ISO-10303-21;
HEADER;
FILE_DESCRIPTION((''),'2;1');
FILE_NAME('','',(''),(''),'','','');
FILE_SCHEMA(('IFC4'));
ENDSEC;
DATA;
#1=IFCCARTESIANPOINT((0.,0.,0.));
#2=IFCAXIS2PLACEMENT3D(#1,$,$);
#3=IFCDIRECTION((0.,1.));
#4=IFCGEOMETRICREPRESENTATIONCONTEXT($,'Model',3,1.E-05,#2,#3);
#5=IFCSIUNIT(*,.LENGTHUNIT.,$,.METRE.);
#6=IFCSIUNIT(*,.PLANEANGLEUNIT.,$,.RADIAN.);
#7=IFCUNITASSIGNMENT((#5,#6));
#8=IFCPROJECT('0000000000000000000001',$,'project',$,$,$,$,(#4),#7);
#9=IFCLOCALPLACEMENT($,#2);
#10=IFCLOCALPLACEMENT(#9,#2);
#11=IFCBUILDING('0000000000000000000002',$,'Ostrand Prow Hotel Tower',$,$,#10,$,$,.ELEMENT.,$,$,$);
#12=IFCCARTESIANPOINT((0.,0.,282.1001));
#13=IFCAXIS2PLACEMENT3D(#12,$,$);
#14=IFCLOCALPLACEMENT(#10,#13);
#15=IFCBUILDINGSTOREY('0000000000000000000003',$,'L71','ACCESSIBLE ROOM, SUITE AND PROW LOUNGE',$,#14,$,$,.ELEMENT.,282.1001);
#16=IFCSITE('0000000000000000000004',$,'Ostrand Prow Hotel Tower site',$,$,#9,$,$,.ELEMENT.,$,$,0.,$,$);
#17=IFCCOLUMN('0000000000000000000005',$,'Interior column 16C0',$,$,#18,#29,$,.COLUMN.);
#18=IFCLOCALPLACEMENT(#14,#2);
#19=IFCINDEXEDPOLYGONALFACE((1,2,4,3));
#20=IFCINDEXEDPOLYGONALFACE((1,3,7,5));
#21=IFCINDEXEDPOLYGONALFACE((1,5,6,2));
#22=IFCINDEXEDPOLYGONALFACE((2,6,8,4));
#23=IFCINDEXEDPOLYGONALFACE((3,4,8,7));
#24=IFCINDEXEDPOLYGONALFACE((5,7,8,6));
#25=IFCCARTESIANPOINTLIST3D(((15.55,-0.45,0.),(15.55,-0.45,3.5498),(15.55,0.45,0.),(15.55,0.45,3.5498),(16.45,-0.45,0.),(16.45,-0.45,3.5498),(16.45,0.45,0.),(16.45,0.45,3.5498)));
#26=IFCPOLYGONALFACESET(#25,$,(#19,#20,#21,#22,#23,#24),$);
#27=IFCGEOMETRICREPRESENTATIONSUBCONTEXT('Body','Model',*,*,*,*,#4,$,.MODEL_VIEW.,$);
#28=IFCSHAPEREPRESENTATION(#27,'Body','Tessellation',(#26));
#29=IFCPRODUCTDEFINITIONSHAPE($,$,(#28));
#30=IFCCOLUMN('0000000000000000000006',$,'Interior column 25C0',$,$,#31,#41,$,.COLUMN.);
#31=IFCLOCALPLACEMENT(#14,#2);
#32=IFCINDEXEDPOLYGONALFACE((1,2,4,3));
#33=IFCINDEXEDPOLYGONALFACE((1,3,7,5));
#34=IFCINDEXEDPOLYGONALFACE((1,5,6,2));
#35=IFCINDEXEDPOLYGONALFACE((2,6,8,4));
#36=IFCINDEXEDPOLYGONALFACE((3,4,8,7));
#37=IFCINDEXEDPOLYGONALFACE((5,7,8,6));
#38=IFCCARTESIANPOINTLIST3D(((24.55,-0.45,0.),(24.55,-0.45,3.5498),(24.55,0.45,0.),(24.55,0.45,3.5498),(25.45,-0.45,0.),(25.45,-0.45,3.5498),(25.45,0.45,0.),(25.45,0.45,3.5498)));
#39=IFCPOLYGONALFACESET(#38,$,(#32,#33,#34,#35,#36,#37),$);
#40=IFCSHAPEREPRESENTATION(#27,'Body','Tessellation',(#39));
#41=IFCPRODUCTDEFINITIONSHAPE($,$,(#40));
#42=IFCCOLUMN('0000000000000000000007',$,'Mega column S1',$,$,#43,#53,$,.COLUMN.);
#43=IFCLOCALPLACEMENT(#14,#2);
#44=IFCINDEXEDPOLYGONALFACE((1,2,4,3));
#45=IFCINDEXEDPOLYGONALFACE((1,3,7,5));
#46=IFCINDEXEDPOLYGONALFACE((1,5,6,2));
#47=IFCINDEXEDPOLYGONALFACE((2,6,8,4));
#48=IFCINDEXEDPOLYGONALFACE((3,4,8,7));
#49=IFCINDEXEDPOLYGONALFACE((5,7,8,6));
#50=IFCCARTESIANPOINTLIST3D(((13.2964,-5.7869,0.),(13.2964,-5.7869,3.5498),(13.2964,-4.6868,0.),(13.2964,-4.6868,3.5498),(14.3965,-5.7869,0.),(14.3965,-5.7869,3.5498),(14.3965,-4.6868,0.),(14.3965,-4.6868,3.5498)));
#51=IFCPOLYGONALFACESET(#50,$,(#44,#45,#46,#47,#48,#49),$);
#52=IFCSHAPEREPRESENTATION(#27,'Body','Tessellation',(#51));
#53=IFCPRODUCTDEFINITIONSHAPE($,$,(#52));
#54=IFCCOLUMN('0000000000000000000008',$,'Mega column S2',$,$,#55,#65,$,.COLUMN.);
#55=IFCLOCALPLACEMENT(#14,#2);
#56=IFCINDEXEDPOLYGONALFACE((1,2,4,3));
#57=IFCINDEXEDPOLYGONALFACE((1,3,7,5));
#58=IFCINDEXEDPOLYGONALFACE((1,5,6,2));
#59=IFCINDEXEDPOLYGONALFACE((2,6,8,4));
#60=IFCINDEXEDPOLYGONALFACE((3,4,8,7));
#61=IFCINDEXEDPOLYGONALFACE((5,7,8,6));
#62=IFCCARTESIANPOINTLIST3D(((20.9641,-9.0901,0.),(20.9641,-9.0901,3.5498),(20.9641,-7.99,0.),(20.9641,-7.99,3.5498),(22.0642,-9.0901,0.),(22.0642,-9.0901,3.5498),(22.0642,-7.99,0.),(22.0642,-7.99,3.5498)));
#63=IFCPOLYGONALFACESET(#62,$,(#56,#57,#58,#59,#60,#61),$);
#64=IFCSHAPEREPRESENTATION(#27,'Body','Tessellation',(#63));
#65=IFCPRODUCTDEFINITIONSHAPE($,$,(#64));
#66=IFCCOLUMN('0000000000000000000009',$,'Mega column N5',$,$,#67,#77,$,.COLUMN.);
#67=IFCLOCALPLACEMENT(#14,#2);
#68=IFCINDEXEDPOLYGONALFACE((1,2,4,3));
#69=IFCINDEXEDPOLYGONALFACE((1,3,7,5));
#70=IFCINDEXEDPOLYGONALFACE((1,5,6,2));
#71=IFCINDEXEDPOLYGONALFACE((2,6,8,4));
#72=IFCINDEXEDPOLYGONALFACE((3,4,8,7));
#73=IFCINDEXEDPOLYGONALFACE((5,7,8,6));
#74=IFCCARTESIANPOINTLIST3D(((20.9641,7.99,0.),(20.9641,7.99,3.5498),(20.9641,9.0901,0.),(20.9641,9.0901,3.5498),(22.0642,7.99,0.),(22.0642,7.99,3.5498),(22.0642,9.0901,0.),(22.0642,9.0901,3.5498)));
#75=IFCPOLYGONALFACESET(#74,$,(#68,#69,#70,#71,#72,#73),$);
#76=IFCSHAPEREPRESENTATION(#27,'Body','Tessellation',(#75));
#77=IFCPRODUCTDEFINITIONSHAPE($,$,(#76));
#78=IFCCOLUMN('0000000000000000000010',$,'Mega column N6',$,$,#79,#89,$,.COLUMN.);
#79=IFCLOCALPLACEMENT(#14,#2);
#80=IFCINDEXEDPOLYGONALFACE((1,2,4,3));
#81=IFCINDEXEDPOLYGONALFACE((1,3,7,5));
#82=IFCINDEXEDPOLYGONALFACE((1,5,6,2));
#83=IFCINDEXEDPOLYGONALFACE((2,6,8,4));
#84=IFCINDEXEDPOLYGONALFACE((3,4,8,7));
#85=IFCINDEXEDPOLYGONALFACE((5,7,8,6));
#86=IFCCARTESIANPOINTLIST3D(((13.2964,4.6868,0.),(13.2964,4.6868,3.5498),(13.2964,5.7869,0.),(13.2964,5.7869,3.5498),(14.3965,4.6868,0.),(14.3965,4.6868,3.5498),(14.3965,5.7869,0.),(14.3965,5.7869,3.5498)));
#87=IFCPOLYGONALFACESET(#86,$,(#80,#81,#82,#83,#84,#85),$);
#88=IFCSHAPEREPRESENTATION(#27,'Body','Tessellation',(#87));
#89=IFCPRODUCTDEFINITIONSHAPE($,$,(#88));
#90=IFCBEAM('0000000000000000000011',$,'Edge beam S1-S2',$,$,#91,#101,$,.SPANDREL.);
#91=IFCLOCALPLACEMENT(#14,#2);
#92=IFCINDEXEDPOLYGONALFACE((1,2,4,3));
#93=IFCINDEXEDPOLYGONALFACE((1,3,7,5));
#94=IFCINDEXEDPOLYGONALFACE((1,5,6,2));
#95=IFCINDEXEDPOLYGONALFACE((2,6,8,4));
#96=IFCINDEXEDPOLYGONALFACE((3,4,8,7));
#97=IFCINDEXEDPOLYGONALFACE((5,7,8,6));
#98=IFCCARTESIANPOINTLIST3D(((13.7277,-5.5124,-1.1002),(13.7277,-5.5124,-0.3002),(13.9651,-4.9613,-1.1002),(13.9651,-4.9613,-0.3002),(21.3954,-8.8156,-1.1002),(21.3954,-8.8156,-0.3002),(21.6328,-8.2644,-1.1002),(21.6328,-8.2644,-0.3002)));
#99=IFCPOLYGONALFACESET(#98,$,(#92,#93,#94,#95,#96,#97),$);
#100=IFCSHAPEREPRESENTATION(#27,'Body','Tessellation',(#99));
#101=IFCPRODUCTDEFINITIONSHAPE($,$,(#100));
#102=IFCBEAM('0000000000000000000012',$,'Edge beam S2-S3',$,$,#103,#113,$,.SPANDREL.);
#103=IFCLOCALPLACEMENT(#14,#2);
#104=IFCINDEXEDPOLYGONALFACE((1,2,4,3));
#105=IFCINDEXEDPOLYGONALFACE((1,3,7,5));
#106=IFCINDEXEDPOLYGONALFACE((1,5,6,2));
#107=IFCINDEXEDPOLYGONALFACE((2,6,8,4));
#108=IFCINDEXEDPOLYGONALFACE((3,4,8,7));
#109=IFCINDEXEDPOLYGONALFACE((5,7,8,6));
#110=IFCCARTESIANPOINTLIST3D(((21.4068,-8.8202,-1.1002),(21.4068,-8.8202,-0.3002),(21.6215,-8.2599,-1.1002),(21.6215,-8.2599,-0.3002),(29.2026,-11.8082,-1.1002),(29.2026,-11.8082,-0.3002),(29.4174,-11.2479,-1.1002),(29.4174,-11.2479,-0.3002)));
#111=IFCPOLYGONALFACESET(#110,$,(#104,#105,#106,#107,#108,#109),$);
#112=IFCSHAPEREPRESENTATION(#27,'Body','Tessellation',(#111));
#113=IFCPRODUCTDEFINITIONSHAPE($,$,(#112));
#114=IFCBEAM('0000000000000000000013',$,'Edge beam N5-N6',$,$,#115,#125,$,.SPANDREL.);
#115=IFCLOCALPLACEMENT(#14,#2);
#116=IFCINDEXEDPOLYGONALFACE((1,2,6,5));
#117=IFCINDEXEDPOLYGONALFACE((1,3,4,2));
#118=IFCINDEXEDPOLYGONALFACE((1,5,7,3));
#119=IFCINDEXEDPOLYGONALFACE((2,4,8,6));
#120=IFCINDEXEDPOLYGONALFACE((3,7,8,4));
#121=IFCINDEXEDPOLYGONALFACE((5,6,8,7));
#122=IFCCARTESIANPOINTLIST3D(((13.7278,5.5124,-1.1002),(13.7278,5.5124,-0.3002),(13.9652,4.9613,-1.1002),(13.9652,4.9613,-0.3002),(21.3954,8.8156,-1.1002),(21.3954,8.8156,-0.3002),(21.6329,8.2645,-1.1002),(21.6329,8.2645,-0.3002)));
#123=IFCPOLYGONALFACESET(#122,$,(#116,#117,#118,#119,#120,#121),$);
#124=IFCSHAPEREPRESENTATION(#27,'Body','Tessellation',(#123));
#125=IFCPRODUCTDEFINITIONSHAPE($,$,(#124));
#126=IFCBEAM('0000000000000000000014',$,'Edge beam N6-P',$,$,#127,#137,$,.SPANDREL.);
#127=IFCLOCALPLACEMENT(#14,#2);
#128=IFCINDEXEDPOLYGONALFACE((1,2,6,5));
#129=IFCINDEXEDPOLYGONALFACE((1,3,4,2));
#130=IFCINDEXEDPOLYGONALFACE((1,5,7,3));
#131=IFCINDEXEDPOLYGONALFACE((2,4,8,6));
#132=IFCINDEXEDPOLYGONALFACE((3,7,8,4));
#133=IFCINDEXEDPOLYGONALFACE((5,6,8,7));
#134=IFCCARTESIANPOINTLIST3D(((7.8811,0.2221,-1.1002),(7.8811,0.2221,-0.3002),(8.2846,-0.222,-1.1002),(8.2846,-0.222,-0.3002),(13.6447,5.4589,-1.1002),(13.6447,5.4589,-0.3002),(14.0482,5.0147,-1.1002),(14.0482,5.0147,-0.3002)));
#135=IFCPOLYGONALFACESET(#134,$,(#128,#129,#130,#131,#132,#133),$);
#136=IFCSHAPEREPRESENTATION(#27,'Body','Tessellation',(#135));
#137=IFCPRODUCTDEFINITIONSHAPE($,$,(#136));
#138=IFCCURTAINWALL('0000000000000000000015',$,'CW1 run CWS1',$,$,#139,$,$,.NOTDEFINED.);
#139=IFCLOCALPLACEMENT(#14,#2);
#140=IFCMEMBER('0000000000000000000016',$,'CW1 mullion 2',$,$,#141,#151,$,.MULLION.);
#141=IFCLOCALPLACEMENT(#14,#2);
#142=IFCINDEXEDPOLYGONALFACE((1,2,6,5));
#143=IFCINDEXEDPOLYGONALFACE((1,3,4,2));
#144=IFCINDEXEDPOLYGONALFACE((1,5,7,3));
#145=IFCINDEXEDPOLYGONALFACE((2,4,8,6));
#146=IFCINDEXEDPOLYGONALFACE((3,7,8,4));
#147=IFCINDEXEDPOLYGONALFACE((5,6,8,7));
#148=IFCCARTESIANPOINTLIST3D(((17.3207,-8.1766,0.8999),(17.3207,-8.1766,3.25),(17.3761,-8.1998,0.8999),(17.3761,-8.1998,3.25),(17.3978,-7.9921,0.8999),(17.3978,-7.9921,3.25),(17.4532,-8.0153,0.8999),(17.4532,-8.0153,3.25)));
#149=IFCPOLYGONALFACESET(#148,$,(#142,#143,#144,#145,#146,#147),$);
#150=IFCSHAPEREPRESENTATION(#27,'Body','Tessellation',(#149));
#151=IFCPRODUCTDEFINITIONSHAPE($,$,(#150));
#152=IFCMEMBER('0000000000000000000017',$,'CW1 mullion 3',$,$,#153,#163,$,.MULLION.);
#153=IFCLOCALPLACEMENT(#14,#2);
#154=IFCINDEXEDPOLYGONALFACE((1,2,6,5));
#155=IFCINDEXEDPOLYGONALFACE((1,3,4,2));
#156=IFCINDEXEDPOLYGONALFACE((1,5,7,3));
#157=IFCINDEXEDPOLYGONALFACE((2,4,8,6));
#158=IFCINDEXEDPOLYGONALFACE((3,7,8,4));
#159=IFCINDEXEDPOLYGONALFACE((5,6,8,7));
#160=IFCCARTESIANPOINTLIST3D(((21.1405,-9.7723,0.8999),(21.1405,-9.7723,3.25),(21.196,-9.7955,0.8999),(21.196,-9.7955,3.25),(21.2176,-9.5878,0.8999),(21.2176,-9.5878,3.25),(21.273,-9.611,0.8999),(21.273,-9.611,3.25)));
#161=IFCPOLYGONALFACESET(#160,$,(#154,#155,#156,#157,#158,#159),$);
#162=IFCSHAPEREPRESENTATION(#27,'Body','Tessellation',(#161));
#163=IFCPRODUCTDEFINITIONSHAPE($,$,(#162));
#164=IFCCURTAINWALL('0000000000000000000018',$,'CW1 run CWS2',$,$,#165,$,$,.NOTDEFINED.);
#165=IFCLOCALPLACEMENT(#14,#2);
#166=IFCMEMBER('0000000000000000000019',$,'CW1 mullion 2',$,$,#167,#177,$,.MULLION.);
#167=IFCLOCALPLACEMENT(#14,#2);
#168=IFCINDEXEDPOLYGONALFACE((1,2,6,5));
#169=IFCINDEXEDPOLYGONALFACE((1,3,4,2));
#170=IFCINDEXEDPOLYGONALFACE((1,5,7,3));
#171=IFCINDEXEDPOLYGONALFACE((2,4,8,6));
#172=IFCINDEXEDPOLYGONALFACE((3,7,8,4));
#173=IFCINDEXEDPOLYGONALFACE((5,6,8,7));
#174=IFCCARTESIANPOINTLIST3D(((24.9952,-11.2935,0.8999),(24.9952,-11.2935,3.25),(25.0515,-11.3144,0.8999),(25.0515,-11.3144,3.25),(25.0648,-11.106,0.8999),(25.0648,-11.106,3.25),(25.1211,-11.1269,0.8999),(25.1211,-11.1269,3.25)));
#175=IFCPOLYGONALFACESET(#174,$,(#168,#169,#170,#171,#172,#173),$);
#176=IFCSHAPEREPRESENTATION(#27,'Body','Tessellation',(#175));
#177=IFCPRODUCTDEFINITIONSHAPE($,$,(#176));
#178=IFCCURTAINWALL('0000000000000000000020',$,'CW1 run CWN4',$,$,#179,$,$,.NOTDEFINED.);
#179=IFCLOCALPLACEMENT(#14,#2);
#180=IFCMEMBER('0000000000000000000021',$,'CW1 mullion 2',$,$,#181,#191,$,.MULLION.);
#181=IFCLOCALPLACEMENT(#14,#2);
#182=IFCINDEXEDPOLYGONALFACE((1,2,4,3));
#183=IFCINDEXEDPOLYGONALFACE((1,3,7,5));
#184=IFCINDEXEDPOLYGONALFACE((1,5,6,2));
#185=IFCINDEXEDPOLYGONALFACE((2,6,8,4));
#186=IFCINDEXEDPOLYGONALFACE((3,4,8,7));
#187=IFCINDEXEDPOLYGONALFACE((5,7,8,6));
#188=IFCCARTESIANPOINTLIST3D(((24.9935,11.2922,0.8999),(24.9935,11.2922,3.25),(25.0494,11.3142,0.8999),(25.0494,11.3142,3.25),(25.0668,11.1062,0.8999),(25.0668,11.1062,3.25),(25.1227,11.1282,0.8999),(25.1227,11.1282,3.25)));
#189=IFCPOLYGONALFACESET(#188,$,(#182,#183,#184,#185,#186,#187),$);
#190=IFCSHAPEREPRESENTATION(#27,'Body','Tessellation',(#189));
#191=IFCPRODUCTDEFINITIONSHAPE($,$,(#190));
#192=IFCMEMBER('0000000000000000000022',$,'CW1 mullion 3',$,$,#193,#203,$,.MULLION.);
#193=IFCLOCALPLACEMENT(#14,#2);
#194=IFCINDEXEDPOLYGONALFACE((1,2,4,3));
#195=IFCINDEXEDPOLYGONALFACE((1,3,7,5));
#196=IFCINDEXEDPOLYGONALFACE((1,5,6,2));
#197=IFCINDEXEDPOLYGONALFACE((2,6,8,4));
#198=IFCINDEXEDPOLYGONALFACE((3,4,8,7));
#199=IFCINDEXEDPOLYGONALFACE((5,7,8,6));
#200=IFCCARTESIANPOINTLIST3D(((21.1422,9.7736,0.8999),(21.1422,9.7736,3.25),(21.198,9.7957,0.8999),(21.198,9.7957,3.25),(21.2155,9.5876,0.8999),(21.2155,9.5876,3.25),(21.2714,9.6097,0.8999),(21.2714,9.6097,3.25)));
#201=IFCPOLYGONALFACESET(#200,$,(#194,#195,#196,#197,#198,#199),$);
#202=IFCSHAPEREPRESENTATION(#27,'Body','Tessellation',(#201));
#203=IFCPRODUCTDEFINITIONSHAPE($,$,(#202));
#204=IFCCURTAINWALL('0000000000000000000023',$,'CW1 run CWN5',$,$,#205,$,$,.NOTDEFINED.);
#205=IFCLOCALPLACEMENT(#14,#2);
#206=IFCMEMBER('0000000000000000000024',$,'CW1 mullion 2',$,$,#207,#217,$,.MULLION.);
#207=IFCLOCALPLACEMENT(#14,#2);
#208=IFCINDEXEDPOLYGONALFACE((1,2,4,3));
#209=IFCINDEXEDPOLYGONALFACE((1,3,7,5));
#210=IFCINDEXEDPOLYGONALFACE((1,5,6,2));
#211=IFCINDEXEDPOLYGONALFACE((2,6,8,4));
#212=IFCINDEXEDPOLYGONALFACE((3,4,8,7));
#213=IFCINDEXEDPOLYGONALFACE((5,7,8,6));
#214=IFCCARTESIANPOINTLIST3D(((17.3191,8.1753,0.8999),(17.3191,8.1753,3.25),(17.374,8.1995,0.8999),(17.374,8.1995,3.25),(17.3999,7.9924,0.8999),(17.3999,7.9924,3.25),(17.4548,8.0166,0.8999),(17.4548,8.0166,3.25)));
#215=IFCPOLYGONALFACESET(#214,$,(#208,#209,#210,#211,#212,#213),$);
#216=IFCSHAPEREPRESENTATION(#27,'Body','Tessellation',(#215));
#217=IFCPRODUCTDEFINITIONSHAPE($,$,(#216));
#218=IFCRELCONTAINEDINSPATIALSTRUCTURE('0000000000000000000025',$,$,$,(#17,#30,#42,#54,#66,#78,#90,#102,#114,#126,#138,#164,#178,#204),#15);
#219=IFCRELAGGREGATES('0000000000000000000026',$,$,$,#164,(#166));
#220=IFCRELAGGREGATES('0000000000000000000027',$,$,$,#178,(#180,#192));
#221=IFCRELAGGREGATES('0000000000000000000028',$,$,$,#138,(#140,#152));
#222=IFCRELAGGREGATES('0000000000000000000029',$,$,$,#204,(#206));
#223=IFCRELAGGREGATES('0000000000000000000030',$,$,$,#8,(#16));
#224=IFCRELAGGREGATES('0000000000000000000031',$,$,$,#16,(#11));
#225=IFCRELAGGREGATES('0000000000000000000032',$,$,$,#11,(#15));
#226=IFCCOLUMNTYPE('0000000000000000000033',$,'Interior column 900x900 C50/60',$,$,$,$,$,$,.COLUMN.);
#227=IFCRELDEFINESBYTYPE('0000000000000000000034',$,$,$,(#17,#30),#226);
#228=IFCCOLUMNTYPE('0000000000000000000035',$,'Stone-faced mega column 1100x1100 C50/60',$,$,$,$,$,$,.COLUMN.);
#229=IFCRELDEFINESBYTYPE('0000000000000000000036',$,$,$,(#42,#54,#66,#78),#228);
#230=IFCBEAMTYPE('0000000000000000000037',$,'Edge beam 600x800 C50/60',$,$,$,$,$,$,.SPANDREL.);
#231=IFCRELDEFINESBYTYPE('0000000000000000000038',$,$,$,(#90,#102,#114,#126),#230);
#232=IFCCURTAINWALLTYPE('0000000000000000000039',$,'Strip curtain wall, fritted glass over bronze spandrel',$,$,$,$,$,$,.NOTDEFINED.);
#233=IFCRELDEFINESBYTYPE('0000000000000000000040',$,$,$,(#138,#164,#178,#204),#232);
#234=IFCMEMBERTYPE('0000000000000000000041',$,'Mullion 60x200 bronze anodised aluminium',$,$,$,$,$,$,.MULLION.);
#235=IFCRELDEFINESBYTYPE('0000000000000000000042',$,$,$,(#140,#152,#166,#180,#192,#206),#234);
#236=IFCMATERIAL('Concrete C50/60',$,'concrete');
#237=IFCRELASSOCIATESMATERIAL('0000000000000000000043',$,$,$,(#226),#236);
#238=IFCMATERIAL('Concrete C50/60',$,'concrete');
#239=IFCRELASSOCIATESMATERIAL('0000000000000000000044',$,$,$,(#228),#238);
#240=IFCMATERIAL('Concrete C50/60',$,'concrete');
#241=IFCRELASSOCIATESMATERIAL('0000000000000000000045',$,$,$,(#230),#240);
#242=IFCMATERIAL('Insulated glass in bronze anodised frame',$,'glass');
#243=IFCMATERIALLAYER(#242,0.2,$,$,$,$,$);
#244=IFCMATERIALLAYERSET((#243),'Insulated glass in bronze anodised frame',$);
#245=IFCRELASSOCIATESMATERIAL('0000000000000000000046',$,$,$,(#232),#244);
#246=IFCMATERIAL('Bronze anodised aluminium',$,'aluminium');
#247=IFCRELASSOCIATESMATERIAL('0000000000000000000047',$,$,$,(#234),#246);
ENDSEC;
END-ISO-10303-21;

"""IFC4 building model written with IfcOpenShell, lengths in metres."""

from ifc_helpers import new_model, si_unit, direction, frame, origin, origin_2d, place, context, subcontext, project, spatial, rectangle, extrude, material, layer, layer_set, material_profile, profile_set, type_object, element, aggregate, save


model = new_model("IFC4")

# Units and contexts
model_context = context("Model", 3, precision=1e-05, world=origin(), true_north=direction((0.0, 1.0)))
body_context = subcontext(model_context, "Body", "Model", "MODEL_VIEW")
ifc_project = project(units=[si_unit("LENGTHUNIT", "METRE"), si_unit("PLANEANGLEUNIT", "RADIAN")], contexts=[model_context])

# Site, building, storey
site_placement = place(None, origin())
site = spatial("IfcSite", under=ifc_project, at=site_placement, Name="Ostrand Prow Hotel Tower site", CompositionType="ELEMENT", RefElevation=0.0)
building_placement = place(site_placement, origin())
building = spatial("IfcBuilding", under=site, at=building_placement, Name="Ostrand Prow Hotel Tower", CompositionType="ELEMENT")
storey_placement = place(building_placement, frame((0.0, 0.0, 282.1001)))
storey = spatial("IfcBuildingStorey", under=building, at=storey_placement, Name="L71", Description="ACCESSIBLE ROOM, SUITE AND PROW LOUNGE", CompositionType="ELEMENT", Elevation=282.1001)

# Columns
ifc_material_1 = material(Name="Concrete C50/60", Category="concrete")
ifc_material_profile_1 = material_profile(ifc_material_1, rectangle(XDim=0.8999, YDim=0.8999, at=origin_2d()), Name="RC 900x900")
ifc_profile_set_1 = profile_set([ifc_material_profile_1], Name="Concrete C50/60")
column_type_1 = type_object("IfcColumnType", Name="Interior column 900x900 C50/60", PredefinedType="COLUMN", material=ifc_profile_set_1)
for number, where, z_axis, x_axis, name in (
    (1, (16.0, 0.0, 0.0), (0.0, 0.0, 1.0), (1.0, 0.0, 0.0), "Interior column 16C0"),
    (2, (25.0, 0.0, 0.0), (0.0, 0.0, 1.0), (1.0, 0.0, 0.0), "Interior column 25C0"),
):
    element("IfcColumn", number, at=place(storey_placement, frame(where, z_axis=z_axis, x_axis=x_axis)), inside=storey, type_object=column_type_1, Name=name, PredefinedType="COLUMN", context=body_context, shape_type="SweptSolid", body=[
        extrude(rectangle(XDim=0.8999, YDim=0.8999, at=origin_2d()), origin(), (0.0, 0.0, 1.0), 3.5498),
    ])
ifc_material_2 = material(Name="Concrete C50/60", Category="concrete")
ifc_material_profile_2 = material_profile(ifc_material_2, rectangle(XDim=1.1001, YDim=1.1001, at=origin_2d()), Name="RC 1100x1100")
ifc_profile_set_2 = profile_set([ifc_material_profile_2], Name="Concrete C50/60")
column_type_2 = type_object("IfcColumnType", Name="Stone-faced mega column 1100x1100 C50/60", PredefinedType="COLUMN", material=ifc_profile_set_2)
for number, where, z_axis, x_axis, name in (
    (3, (13.8464, -5.2368, 0.0), (0.0, 0.0, 1.0), (1.0, 0.0, 0.0), "Mega column S1"),
    (4, (21.5142, -8.54, 0.0), (0.0, 0.0, 1.0), (1.0, 0.0, 0.0), "Mega column S2"),
    (5, (21.5142, 8.54, 0.0), (0.0, 0.0, 1.0), (1.0, 0.0, 0.0), "Mega column N5"),
    (6, (13.8464, 5.2368, 0.0), (0.0, 0.0, 1.0), (1.0, 0.0, 0.0), "Mega column N6"),
):
    element("IfcColumn", number, at=place(storey_placement, frame(where, z_axis=z_axis, x_axis=x_axis)), inside=storey, type_object=column_type_2, Name=name, PredefinedType="COLUMN", context=body_context, shape_type="SweptSolid", body=[
        extrude(rectangle(XDim=1.1001, YDim=1.1001, at=origin_2d()), origin(), (0.0, 0.0, 1.0), 3.5498),
    ])

# Beams
ifc_material_3 = material(Name="Concrete C50/60", Category="concrete")
ifc_material_profile_3 = material_profile(ifc_material_3, rectangle(XDim=0.6001, YDim=0.8, at=origin_2d()), Name="RC 600x800")
ifc_profile_set_3 = profile_set([ifc_material_profile_3], Name="Concrete C50/60")
beam_type = type_object("IfcBeamType", Name="Edge beam 600x800 C50/60", PredefinedType="SPANDREL", material=ifc_profile_set_3)
for number, where, z_axis, x_axis, name in (
    (7, (13.8464, -5.2368, -0.7002), (0.918404, -0.395644, 0.0), (0.395644, 0.918404, 0.0), "Edge beam S1-S2"),
    (8, (21.5142, -8.54, -0.7002), (0.933762, -0.357895, 0.0), (0.357895, 0.933762, 0.0), "Edge beam S2-S3"),
    (9, (21.5142, 8.54, -0.7002), (-0.918404, -0.395644, 0.0), (0.395644, -0.918404, 0.0), "Edge beam N5-N6"),
):
    element("IfcBeam", number, at=place(storey_placement, frame(where, z_axis=z_axis, x_axis=x_axis)), inside=storey, type_object=beam_type, Name=name, PredefinedType="SPANDREL", context=body_context, shape_type="SweptSolid", body=[
        extrude(rectangle(XDim=0.6001, YDim=0.8, at=origin_2d()), origin(), (0.0, 0.0, 1.0), 8.3489),
    ])
beam_placement = place(storey_placement, frame((13.8464, 5.2368, -0.7002), z_axis=(-0.740124, -0.67247, 0.0), x_axis=(0.67247, -0.740124, 0.0)))
element("IfcBeam", 10, at=beam_placement, inside=storey, type_object=beam_type, Name="Edge beam N6-P", PredefinedType="SPANDREL", context=body_context, shape_type="SweptSolid", body=[
    extrude(rectangle(XDim=0.6001, YDim=0.8, at=origin_2d()), origin(), (0.0, 0.0, 1.0), 7.7874),
])

# Curtain wall, members
ifc_material_4 = material(Name="Insulated glass in bronze anodised frame", Category="glass")
ifc_layer_1 = layer(ifc_material_4, 0.2)
ifc_layer_set_1 = layer_set([ifc_layer_1], Name="Insulated glass in bronze anodised frame")
curtain_wall_type = type_object("IfcCurtainWallType", Name="Strip curtain wall, fritted glass over bronze spandrel", PredefinedType="NOTDEFINED", material=ifc_layer_set_1)
curtain_wall_1_placement = place(storey_placement, origin())
curtain_wall_1 = element("IfcCurtainWall", 11, at=curtain_wall_1_placement, inside=storey, type_object=curtain_wall_type, Name="CW1 run CWS1", PredefinedType="NOTDEFINED")
ifc_material_5 = material(Name="Bronze anodised aluminium", Category="aluminium")
ifc_material_profile_4 = material_profile(ifc_material_5, rectangle(XDim=0.2, YDim=0.0601, at=origin_2d()), Name="Mullion 60x200 bronze anodised aluminium")
ifc_profile_set_4 = profile_set([ifc_material_profile_4], Name="Bronze anodised aluminium")
member_type_1 = type_object("IfcMemberType", Name="Mullion 60x200 bronze anodised aluminium", PredefinedType="MULLION", material=ifc_profile_set_4)
member_1_placement = place(storey_placement, frame((17.387, -8.0959, 0.8999), z_axis=(0.0, 0.0, 1.0), x_axis=(0.385471, 0.92272, 0.0)))
member_1 = element("IfcMember", 12, at=member_1_placement, type_object=member_type_1, Name="CW1 mullion 2", PredefinedType="MULLION", context=body_context, shape_type="SweptSolid", body=[
    extrude(rectangle(XDim=0.2, YDim=0.0601, at=origin_2d()), origin(), (0.0, 0.0, 1.0), 2.3501),
])
member_2_placement = place(storey_placement, frame((21.2068, -9.6917, 0.8999), z_axis=(0.0, 0.0, 1.0), x_axis=(0.385471, 0.92272, 0.0)))
member_2 = element("IfcMember", 13, at=member_2_placement, type_object=member_type_1, Name="CW1 mullion 3", PredefinedType="MULLION", context=body_context, shape_type="SweptSolid", body=[
    extrude(rectangle(XDim=0.2, YDim=0.0601, at=origin_2d()), origin(), (0.0, 0.0, 1.0), 2.3501),
])

# Curtain wall, member
curtain_wall_2_placement = place(storey_placement, origin())
curtain_wall_2 = element("IfcCurtainWall", 14, at=curtain_wall_2_placement, inside=storey, type_object=curtain_wall_type, Name="CW1 run CWS2", PredefinedType="NOTDEFINED")
member_3_placement = place(storey_placement, frame((25.0581, -11.2102, 0.8999), z_axis=(0.0, 0.0, 1.0), x_axis=(0.348071, 0.937468, 0.0)))
member_3 = element("IfcMember", 15, at=member_3_placement, type_object=member_type_1, Name="CW1 mullion 2", PredefinedType="MULLION", context=body_context, shape_type="SweptSolid", body=[
    extrude(rectangle(XDim=0.2, YDim=0.0601, at=origin_2d()), origin(), (0.0, 0.0, 1.0), 2.3501),
])

# Curtain wall, members
curtain_wall_3_placement = place(storey_placement, origin())
curtain_wall_3 = element("IfcCurtainWall", 16, at=curtain_wall_3_placement, inside=storey, type_object=curtain_wall_type, Name="CW1 run CWN4", PredefinedType="NOTDEFINED")
member_4_placement = place(storey_placement, frame((25.0581, 11.2102, 0.8999), z_axis=(0.0, 0.0, 1.0), x_axis=(0.366845, -0.930282, 0.0)))
member_4 = element("IfcMember", 17, at=member_4_placement, type_object=member_type_1, Name="CW1 mullion 2", PredefinedType="MULLION", context=body_context, shape_type="SweptSolid", body=[
    extrude(rectangle(XDim=0.2, YDim=0.0601, at=origin_2d()), origin(), (0.0, 0.0, 1.0), 2.3501),
])
member_5_placement = place(storey_placement, frame((21.2068, 9.6917, 0.8999), z_axis=(0.0, 0.0, 1.0), x_axis=(0.366845, -0.930282, 0.0)))
member_5 = element("IfcMember", 18, at=member_5_placement, type_object=member_type_1, Name="CW1 mullion 3", PredefinedType="MULLION", context=body_context, shape_type="SweptSolid", body=[
    extrude(rectangle(XDim=0.2, YDim=0.0601, at=origin_2d()), origin(), (0.0, 0.0, 1.0), 2.3501),
])

# Curtain wall, member
curtain_wall_4_placement = place(storey_placement, origin())
curtain_wall_4 = element("IfcCurtainWall", 19, at=curtain_wall_4_placement, inside=storey, type_object=curtain_wall_type, Name="CW1 run CWN5", PredefinedType="NOTDEFINED")
member_6_placement = place(storey_placement, frame((17.387, 8.0959, 0.8999), z_axis=(0.0, 0.0, 1.0), x_axis=(0.40394, -0.914786, 0.0)))
member_6 = element("IfcMember", 20, at=member_6_placement, type_object=member_type_1, Name="CW1 mullion 2", PredefinedType="MULLION", context=body_context, shape_type="SweptSolid", body=[
    extrude(rectangle(XDim=0.2, YDim=0.0601, at=origin_2d()), origin(), (0.0, 0.0, 1.0), 2.3501),
])

aggregate(curtain_wall_2, [member_3])
aggregate(curtain_wall_3, [member_4, member_5])
aggregate(curtain_wall_1, [member_1, member_2])
aggregate(curtain_wall_4, [member_6])

save(model, "model.ifc")
